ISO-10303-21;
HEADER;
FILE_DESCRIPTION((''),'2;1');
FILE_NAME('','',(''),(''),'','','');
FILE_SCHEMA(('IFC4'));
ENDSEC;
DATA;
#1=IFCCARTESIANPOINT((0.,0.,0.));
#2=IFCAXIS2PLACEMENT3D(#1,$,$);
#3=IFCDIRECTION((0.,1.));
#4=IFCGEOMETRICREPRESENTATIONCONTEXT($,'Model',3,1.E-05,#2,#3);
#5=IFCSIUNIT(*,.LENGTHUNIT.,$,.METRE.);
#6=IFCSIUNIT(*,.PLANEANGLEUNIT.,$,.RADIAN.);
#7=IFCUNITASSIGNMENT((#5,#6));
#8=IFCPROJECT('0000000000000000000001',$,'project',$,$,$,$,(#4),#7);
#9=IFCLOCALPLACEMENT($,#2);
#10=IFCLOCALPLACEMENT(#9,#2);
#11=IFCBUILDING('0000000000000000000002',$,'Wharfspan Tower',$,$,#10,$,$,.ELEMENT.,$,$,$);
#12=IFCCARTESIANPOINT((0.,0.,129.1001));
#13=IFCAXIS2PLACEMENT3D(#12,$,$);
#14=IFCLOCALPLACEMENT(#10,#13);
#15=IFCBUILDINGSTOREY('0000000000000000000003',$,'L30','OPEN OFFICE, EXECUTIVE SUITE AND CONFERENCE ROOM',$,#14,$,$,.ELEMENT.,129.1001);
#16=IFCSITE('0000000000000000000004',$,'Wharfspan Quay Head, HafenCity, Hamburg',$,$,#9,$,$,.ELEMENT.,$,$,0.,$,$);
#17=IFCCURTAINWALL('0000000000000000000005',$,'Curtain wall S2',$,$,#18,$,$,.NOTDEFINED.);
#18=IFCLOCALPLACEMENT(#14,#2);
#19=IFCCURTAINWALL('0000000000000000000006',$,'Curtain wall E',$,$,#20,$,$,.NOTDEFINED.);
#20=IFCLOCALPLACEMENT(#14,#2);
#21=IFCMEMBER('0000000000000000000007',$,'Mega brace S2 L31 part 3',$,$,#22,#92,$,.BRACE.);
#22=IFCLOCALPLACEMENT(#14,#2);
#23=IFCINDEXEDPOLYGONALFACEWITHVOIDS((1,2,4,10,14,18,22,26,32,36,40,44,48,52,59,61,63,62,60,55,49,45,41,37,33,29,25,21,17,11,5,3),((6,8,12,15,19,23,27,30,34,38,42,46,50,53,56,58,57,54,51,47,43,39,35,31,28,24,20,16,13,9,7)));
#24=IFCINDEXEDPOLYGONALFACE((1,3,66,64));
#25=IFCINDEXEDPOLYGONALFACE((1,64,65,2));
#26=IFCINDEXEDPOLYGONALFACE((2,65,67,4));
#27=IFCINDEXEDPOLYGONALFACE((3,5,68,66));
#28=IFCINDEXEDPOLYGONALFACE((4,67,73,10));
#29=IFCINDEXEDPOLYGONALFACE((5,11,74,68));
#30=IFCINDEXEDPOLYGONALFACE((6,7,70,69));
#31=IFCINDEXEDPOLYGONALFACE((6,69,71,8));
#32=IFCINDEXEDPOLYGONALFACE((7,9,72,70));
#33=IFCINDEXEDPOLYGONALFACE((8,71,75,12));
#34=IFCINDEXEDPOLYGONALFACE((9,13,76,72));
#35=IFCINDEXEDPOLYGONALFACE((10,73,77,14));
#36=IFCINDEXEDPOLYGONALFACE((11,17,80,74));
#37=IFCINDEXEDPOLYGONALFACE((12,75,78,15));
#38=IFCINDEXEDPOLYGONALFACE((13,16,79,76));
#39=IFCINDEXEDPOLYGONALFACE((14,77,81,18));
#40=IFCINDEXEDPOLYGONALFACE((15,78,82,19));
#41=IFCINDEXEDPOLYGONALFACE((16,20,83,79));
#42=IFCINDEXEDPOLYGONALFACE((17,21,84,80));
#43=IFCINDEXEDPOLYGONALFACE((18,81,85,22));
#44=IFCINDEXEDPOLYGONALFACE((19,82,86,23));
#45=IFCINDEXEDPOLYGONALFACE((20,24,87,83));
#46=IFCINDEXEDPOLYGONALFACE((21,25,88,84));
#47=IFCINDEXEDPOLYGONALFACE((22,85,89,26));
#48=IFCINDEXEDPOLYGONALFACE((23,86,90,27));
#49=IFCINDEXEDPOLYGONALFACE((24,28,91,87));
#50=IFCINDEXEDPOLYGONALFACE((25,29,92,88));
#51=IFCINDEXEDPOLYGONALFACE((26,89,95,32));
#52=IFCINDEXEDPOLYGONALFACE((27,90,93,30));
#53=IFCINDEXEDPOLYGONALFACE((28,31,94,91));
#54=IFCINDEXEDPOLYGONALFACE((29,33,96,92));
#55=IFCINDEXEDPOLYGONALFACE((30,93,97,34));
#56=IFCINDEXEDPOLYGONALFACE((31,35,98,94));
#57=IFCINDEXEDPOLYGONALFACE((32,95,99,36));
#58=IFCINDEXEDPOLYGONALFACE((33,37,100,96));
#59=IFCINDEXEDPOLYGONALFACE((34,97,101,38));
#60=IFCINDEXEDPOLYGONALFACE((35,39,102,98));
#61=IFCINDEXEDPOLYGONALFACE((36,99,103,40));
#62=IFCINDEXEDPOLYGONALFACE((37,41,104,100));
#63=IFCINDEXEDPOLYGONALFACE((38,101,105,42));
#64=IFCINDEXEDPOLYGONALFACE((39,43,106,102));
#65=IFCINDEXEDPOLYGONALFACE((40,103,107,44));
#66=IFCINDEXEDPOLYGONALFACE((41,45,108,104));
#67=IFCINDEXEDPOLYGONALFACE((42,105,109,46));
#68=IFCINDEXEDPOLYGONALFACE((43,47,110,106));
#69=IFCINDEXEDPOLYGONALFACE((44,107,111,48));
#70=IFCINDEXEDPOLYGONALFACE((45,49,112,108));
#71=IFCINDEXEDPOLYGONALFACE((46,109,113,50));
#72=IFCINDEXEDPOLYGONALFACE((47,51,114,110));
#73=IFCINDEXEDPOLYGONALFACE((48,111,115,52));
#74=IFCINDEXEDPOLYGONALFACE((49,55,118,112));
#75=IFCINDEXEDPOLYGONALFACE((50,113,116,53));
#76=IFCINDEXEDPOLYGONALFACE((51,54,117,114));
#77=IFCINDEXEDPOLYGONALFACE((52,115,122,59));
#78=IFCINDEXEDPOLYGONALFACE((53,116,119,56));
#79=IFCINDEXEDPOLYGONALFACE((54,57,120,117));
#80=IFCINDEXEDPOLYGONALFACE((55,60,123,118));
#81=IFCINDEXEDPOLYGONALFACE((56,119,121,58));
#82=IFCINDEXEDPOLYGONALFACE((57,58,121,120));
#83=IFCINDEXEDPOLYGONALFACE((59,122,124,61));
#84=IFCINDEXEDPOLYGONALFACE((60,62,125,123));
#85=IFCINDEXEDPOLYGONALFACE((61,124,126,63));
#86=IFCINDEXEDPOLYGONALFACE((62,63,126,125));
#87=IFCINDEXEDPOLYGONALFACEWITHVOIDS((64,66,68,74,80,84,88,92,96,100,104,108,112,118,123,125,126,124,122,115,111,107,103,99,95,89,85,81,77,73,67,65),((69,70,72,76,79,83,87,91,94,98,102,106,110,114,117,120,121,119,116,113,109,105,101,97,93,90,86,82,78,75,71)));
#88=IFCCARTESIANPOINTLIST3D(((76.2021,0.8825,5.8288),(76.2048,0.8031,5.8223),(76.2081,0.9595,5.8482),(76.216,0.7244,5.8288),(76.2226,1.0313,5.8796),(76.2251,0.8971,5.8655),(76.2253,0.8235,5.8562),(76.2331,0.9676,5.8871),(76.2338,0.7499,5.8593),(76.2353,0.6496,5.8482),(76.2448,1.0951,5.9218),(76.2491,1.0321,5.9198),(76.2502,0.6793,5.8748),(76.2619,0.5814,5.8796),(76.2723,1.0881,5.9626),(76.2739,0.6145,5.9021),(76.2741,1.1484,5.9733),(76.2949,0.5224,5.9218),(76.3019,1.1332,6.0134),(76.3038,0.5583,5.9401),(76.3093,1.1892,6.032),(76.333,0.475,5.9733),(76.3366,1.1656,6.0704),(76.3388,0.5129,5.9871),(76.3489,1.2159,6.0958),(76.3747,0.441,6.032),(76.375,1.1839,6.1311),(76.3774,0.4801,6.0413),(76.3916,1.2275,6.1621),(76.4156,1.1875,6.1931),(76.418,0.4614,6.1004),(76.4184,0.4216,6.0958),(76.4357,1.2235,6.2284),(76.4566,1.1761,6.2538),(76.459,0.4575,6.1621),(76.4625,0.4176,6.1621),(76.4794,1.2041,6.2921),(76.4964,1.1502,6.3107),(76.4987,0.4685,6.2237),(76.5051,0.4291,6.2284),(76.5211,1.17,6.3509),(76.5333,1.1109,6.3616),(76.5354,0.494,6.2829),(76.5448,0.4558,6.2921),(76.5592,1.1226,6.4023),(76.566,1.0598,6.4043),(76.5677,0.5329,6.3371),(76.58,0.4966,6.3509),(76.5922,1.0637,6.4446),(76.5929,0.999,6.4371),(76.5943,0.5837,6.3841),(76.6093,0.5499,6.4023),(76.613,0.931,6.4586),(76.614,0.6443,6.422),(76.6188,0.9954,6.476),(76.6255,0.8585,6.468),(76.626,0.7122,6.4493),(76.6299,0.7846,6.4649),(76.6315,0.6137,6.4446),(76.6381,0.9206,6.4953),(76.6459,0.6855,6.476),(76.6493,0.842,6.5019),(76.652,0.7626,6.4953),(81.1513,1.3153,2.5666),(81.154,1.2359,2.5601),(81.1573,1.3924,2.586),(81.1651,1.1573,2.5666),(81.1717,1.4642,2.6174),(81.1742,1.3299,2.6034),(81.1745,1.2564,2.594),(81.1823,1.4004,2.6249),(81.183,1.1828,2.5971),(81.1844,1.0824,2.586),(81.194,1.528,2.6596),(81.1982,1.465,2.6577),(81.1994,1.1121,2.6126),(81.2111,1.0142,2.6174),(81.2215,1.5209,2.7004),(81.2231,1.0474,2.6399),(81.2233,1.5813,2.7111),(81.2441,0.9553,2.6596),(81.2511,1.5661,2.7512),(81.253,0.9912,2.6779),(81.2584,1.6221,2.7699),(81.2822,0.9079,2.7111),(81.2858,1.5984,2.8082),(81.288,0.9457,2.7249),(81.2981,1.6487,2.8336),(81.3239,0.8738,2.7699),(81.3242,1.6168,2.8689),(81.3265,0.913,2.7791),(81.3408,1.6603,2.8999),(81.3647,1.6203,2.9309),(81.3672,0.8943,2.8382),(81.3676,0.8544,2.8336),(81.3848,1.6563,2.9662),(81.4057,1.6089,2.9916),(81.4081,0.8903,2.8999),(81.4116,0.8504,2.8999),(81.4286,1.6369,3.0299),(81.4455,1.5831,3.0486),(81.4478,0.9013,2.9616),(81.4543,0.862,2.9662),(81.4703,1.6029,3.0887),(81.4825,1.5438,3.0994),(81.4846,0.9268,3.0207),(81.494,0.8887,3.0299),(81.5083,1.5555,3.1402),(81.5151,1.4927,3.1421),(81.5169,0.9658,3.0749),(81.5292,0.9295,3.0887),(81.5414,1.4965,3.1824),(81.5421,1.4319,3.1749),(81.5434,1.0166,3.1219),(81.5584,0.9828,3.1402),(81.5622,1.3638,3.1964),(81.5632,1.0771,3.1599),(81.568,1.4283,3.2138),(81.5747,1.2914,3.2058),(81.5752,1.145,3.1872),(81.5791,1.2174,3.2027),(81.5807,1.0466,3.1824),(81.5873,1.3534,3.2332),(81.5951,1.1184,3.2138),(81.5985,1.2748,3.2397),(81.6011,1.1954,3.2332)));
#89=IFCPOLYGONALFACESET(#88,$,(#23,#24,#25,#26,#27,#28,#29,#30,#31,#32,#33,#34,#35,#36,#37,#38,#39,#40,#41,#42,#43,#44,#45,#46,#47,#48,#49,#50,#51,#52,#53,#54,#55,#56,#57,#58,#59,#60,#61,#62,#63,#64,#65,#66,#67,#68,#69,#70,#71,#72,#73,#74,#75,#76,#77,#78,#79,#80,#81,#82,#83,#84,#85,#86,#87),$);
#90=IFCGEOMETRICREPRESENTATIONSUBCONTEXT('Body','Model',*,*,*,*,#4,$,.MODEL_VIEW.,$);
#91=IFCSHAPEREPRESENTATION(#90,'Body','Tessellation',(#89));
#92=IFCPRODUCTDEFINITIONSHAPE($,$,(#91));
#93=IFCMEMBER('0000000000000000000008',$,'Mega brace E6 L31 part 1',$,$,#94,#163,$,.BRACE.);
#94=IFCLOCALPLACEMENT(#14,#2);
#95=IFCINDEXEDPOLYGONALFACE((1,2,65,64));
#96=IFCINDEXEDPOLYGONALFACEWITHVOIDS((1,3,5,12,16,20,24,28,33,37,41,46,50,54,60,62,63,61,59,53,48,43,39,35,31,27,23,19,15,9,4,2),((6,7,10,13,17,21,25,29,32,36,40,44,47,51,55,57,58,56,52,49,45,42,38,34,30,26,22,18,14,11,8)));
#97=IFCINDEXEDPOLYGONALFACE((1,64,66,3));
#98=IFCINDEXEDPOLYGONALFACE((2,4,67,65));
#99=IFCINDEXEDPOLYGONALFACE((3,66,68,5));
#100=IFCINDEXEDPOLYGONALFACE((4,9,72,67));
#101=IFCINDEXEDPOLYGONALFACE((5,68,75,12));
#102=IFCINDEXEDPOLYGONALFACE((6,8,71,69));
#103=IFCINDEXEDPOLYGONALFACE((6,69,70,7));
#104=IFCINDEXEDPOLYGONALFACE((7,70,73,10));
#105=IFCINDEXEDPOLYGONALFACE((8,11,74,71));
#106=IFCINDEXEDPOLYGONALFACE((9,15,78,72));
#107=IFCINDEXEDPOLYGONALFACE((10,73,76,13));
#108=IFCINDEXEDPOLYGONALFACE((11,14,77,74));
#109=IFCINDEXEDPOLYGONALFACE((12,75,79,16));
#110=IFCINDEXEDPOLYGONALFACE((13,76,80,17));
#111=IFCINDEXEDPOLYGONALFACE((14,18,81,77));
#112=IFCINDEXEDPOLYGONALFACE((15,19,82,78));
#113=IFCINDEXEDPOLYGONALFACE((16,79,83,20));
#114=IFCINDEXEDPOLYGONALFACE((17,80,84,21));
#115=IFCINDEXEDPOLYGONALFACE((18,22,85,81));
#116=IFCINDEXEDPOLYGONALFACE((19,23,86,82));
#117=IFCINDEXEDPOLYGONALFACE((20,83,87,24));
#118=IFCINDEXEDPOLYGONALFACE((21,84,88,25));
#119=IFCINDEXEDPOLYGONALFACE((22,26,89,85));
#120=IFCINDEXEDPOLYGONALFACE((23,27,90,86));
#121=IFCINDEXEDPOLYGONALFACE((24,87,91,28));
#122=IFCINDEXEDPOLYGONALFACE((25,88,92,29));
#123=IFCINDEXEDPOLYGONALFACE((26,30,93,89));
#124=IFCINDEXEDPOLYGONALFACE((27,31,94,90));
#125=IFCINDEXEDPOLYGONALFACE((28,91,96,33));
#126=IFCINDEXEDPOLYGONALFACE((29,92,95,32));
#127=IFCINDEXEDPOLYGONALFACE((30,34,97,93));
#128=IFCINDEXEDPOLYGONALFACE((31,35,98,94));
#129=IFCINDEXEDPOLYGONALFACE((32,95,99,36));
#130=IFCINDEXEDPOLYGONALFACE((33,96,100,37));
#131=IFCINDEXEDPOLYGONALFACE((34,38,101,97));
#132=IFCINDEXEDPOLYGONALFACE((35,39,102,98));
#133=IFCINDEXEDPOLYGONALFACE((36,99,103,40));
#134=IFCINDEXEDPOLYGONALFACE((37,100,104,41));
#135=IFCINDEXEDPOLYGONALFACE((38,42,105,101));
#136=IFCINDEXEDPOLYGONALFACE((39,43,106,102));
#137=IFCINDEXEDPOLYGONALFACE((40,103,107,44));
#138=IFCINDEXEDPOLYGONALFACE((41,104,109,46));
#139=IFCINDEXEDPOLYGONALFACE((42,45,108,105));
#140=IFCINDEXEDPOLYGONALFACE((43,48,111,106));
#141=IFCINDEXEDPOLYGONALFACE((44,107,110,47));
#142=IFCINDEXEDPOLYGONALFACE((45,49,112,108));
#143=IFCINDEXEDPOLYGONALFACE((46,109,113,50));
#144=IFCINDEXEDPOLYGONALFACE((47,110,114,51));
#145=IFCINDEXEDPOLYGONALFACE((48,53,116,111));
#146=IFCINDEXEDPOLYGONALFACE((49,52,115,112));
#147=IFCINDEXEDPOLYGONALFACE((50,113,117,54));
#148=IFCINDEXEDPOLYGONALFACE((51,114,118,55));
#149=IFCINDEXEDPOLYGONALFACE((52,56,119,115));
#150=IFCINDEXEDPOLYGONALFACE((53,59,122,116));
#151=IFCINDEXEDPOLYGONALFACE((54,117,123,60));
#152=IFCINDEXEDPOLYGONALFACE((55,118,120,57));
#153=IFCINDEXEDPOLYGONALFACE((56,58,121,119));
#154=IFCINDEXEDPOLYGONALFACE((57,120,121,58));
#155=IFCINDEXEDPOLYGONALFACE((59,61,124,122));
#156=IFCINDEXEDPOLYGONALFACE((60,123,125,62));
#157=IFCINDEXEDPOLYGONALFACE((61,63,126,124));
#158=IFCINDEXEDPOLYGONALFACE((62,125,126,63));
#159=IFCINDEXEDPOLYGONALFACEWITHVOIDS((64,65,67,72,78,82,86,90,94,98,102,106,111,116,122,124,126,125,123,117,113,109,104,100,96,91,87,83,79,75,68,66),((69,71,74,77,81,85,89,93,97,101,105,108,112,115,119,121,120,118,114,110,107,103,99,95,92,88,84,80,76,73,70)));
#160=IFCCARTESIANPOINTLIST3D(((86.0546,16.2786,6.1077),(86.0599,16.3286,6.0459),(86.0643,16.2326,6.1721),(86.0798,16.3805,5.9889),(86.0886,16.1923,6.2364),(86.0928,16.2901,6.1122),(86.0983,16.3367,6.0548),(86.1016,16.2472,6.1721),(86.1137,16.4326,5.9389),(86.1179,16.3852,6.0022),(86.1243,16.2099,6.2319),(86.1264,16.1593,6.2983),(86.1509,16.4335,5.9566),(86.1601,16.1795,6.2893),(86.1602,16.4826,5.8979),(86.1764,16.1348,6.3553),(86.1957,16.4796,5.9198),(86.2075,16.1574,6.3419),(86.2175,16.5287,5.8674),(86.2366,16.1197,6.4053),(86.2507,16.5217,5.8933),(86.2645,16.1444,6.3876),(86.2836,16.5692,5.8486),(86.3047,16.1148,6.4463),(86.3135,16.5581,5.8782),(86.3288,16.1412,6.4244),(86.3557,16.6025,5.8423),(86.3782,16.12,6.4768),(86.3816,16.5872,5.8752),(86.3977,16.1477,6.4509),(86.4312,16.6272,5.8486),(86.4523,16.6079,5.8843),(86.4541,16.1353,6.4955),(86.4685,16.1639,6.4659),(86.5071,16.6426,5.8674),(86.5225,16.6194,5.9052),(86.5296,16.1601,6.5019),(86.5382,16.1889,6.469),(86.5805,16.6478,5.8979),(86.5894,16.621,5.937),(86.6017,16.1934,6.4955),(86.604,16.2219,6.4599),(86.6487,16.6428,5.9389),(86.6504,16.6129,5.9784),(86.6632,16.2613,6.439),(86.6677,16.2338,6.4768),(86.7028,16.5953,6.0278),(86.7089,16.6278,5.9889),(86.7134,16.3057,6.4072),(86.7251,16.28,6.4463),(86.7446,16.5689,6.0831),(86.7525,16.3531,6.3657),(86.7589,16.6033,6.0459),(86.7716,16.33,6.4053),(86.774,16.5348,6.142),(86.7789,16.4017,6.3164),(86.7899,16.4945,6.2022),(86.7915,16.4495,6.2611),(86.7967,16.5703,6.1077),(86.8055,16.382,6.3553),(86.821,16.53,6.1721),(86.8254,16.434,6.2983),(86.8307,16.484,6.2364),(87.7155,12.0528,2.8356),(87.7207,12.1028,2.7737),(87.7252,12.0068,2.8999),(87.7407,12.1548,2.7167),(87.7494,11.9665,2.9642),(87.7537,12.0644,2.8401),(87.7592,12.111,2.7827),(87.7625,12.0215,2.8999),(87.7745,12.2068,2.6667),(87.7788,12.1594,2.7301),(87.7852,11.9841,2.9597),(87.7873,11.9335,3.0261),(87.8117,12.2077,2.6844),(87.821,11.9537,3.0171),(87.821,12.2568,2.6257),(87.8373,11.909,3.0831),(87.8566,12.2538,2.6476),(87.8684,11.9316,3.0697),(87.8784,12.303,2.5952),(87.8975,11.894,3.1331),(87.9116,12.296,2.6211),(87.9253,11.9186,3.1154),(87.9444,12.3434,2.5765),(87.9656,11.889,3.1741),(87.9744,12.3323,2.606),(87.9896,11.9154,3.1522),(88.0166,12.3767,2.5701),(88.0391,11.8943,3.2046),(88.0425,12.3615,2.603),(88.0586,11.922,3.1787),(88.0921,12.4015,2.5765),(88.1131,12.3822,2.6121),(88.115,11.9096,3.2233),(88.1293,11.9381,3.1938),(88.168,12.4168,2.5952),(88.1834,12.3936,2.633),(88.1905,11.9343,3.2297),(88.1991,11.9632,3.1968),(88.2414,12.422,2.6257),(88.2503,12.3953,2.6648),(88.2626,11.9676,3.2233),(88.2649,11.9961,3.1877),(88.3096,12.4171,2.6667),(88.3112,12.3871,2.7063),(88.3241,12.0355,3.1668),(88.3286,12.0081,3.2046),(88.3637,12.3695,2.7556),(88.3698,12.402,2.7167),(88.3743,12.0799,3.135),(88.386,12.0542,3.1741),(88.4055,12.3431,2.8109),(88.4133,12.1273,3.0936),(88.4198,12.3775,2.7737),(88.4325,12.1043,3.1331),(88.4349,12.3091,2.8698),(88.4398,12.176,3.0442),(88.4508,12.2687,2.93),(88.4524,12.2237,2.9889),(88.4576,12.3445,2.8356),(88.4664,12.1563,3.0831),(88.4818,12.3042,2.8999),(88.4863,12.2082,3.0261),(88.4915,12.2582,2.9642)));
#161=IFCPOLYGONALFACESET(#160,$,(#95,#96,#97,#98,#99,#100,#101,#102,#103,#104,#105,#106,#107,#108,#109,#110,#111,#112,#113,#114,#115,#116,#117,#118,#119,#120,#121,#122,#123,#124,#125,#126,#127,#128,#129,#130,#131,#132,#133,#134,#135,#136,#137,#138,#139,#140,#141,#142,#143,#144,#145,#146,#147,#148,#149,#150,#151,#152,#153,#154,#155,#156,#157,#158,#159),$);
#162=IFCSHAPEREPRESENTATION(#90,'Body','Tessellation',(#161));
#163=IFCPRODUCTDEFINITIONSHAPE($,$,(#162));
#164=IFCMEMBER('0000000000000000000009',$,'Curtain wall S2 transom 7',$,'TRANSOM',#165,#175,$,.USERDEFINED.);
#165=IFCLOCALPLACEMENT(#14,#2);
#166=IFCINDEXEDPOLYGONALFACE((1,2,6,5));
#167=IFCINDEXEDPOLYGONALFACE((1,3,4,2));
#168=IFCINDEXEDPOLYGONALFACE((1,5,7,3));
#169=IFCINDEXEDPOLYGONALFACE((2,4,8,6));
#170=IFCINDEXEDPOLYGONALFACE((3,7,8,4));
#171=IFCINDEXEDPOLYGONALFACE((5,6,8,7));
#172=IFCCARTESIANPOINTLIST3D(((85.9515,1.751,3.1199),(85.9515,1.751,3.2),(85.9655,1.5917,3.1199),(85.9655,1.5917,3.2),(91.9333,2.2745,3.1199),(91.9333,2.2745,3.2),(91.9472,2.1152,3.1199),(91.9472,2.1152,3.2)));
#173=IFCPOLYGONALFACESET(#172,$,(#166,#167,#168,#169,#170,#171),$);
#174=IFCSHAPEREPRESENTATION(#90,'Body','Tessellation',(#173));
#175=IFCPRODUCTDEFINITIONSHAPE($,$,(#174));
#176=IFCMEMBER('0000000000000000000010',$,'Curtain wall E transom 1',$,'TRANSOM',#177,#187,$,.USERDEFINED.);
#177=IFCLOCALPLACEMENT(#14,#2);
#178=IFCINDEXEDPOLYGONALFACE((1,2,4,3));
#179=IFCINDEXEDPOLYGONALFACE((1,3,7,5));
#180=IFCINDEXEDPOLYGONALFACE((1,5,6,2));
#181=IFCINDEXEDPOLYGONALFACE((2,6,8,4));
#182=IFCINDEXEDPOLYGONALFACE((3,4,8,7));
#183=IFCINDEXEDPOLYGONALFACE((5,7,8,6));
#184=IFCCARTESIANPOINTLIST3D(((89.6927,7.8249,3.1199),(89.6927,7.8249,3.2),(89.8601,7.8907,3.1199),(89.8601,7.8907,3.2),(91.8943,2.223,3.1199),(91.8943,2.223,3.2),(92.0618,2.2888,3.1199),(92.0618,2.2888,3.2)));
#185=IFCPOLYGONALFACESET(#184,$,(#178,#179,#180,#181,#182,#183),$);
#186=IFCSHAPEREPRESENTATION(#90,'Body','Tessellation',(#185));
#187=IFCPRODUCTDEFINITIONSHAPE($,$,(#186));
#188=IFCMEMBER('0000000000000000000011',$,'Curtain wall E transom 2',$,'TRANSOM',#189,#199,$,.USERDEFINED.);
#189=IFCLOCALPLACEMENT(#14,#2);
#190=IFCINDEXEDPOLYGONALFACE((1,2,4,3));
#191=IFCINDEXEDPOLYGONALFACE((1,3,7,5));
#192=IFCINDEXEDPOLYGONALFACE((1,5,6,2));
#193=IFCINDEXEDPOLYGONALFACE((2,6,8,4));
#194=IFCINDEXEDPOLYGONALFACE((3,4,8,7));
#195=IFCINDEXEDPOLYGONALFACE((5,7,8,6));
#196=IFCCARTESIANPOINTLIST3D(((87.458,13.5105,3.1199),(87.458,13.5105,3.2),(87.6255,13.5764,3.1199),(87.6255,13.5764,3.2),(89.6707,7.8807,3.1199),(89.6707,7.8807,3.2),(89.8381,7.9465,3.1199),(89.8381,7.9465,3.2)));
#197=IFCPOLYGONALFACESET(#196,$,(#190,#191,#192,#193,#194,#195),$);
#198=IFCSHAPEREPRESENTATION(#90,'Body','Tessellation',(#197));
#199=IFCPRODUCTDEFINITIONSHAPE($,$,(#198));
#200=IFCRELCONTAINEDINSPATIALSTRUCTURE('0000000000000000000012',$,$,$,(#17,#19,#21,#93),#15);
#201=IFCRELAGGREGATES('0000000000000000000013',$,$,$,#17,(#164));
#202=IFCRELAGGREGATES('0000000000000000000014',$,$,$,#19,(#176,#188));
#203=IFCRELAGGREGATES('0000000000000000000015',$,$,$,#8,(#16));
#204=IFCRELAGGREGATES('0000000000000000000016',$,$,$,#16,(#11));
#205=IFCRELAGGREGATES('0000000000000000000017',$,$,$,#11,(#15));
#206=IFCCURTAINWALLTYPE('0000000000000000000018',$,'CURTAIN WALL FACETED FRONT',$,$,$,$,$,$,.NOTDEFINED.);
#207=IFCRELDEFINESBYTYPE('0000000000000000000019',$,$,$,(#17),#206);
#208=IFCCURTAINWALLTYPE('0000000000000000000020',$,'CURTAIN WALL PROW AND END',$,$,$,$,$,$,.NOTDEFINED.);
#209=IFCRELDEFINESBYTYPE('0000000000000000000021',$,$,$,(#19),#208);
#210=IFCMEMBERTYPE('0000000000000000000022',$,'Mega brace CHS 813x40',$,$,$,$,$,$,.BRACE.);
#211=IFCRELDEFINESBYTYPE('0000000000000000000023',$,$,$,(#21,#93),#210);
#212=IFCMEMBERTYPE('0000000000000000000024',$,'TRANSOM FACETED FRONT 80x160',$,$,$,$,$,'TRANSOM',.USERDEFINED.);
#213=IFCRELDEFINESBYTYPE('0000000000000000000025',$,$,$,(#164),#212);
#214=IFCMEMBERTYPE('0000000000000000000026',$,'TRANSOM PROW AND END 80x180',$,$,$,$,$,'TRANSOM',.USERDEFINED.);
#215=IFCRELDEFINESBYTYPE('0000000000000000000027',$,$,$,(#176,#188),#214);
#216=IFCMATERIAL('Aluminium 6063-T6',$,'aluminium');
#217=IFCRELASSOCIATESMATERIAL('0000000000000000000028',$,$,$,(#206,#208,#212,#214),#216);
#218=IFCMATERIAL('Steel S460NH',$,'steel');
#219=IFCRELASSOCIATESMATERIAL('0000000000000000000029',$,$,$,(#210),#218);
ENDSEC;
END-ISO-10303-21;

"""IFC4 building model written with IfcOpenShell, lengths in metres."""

from ifc_helpers import new_model, si_unit, direction, frame, origin, origin_2d, place, context, subcontext, project, spatial, rectangle, hollow_circle, extrude, material, material_profile, profile_set, type_object, element, aggregate, save


model = new_model("IFC4")

# Units and contexts
model_context = context("Model", 3, precision=1e-05, world=origin(), true_north=direction((0.0, 1.0)))
body_context = subcontext(model_context, "Body", "Model", "MODEL_VIEW")
ifc_project = project(units=[si_unit("LENGTHUNIT", "METRE"), si_unit("PLANEANGLEUNIT", "RADIAN")], contexts=[model_context])

# Site, building, storey
site_placement = place(None, origin())
site = spatial("IfcSite", under=ifc_project, at=site_placement, Name="Wharfspan Quay Head, HafenCity, Hamburg", CompositionType="ELEMENT", RefElevation=0.0)
building_placement = place(site_placement, origin())
building = spatial("IfcBuilding", under=site, at=building_placement, Name="Wharfspan Tower", CompositionType="ELEMENT")
storey_placement = place(building_placement, frame((0.0, 0.0, 129.1001)))
storey = spatial("IfcBuildingStorey", under=building, at=storey_placement, Name="L30", Description="OPEN OFFICE, EXECUTIVE SUITE AND CONFERENCE ROOM", CompositionType="ELEMENT", Elevation=129.1001)

# Curtain walls
ifc_material_1 = material(Name="Aluminium 6063-T6", Category="aluminium")
curtain_wall_type_1 = type_object("IfcCurtainWallType", Name="CURTAIN WALL FACETED FRONT", PredefinedType="NOTDEFINED", material=ifc_material_1)
curtain_wall_1_placement = place(storey_placement, origin())
curtain_wall_1 = element("IfcCurtainWall", 1, at=curtain_wall_1_placement, inside=storey, type_object=curtain_wall_type_1, Name="Curtain wall S2", PredefinedType="NOTDEFINED")
curtain_wall_type_2 = type_object("IfcCurtainWallType", Name="CURTAIN WALL PROW AND END", PredefinedType="NOTDEFINED", material=ifc_material_1)
curtain_wall_2_placement = place(storey_placement, origin())
curtain_wall_2 = element("IfcCurtainWall", 2, at=curtain_wall_2_placement, inside=storey, type_object=curtain_wall_type_2, Name="Curtain wall E", PredefinedType="NOTDEFINED")

# Members
ifc_material_2 = material(Name="Steel S460NH", Category="steel")
ifc_material_profile_1 = material_profile(ifc_material_2, hollow_circle(Radius=0.4065, WallThickness=0.04, at=origin_2d()))
ifc_profile_set_1 = profile_set([ifc_material_profile_1], Name="Steel S460NH")
member_type_1 = type_object("IfcMemberType", Name="Mega brace CHS 813x40", PredefinedType="BRACE", material=ifc_profile_set_1)
member_1_placement = place(storey_placement, frame((81.3762, 1.2554, 2.8999), z_axis=(-0.832724, -0.07283, 0.548878), x_axis=(0.087128, -0.996197, 0.000001)))
element("IfcMember", 3, at=member_1_placement, inside=storey, type_object=member_type_1, Name="Mega brace S2 L31 part 3", PredefinedType="BRACE", context=body_context, shape_type="SweptSolid", body=[
    extrude(hollow_circle(Radius=0.4065, WallThickness=0.04, at=origin_2d()), origin(), (0.0, 0.0, 1.0), 5.9434),
])
member_2_placement = place(storey_placement, frame((88.1035, 12.1555, 2.8999), z_axis=(-0.29676, 0.755051, 0.584664), x_axis=(-0.930695, -0.365797, 0.000004)))
element("IfcMember", 4, at=member_2_placement, inside=storey, type_object=member_type_1, Name="Mega brace E6 L31 part 1", PredefinedType="BRACE", context=body_context, shape_type="SweptSolid", body=[
    extrude(hollow_circle(Radius=0.4065, WallThickness=0.04, at=origin_2d()), origin(), (0.0, 0.0, 1.0), 5.5967),
])

# Members
ifc_material_profile_2 = material_profile(ifc_material_1, rectangle(XDim=0.1599, YDim=0.0801, at=origin_2d()))
ifc_profile_set_2 = profile_set([ifc_material_profile_2], Name="Aluminium 6063-T6")
member_type_2 = type_object("IfcMemberType", Name="TRANSOM FACETED FRONT 80x160", ElementType="TRANSOM", PredefinedType="USERDEFINED", material=ifc_profile_set_2)
member_3_placement = place(storey_placement, frame((85.9585, 1.6714, 3.1599), z_axis=(0.996193, 0.087174, 0.0), x_axis=(-0.087174, 0.996193, 0.0)))
member_3 = element("IfcMember", 5, at=member_3_placement, type_object=member_type_2, Name="Curtain wall S2 transom 7", ObjectType="TRANSOM", PredefinedType="USERDEFINED", context=body_context, shape_type="SweptSolid", body=[
    extrude(rectangle(XDim=0.1599, YDim=0.0801, at=origin_2d()), origin(), (0.0, 0.0, 1.0), 6.0046),
])
ifc_material_profile_3 = material_profile(ifc_material_1, rectangle(XDim=0.1799, YDim=0.0801, at=origin_2d()))
ifc_profile_set_3 = profile_set([ifc_material_profile_3], Name="Aluminium 6063-T6")
member_type_3 = type_object("IfcMemberType", Name="TRANSOM PROW AND END 80x180", ElementType="TRANSOM", PredefinedType="USERDEFINED", material=ifc_profile_set_3)
member_4_placement = place(storey_placement, frame((91.978, 2.2559, 3.1599), z_axis=(-0.365775, 0.930703, 0.0), x_axis=(-0.930703, -0.365775, 0.0)))
member_4 = element("IfcMember", 6, at=member_4_placement, type_object=member_type_3, Name="Curtain wall E transom 1", ObjectType="TRANSOM", PredefinedType="USERDEFINED", context=body_context, shape_type="SweptSolid", body=[
    extrude(rectangle(XDim=0.1799, YDim=0.0801, at=origin_2d()), origin(), (0.0, 0.0, 1.0), 6.019),
])
member_5_placement = place(storey_placement, frame((89.7544, 7.9136, 3.1599), z_axis=(-0.365782, 0.9307, 0.0), x_axis=(-0.9307, -0.365782, 0.0)))
member_5 = element("IfcMember", 7, at=member_5_placement, type_object=member_type_3, Name="Curtain wall E transom 2", ObjectType="TRANSOM", PredefinedType="USERDEFINED", context=body_context, shape_type="SweptSolid", body=[
    extrude(rectangle(XDim=0.1799, YDim=0.0801, at=origin_2d()), origin(), (0.0, 0.0, 1.0), 6.0491),
])

aggregate(curtain_wall_1, [member_3])
aggregate(curtain_wall_2, [member_4, member_5])

save(model, "model.ifc")
